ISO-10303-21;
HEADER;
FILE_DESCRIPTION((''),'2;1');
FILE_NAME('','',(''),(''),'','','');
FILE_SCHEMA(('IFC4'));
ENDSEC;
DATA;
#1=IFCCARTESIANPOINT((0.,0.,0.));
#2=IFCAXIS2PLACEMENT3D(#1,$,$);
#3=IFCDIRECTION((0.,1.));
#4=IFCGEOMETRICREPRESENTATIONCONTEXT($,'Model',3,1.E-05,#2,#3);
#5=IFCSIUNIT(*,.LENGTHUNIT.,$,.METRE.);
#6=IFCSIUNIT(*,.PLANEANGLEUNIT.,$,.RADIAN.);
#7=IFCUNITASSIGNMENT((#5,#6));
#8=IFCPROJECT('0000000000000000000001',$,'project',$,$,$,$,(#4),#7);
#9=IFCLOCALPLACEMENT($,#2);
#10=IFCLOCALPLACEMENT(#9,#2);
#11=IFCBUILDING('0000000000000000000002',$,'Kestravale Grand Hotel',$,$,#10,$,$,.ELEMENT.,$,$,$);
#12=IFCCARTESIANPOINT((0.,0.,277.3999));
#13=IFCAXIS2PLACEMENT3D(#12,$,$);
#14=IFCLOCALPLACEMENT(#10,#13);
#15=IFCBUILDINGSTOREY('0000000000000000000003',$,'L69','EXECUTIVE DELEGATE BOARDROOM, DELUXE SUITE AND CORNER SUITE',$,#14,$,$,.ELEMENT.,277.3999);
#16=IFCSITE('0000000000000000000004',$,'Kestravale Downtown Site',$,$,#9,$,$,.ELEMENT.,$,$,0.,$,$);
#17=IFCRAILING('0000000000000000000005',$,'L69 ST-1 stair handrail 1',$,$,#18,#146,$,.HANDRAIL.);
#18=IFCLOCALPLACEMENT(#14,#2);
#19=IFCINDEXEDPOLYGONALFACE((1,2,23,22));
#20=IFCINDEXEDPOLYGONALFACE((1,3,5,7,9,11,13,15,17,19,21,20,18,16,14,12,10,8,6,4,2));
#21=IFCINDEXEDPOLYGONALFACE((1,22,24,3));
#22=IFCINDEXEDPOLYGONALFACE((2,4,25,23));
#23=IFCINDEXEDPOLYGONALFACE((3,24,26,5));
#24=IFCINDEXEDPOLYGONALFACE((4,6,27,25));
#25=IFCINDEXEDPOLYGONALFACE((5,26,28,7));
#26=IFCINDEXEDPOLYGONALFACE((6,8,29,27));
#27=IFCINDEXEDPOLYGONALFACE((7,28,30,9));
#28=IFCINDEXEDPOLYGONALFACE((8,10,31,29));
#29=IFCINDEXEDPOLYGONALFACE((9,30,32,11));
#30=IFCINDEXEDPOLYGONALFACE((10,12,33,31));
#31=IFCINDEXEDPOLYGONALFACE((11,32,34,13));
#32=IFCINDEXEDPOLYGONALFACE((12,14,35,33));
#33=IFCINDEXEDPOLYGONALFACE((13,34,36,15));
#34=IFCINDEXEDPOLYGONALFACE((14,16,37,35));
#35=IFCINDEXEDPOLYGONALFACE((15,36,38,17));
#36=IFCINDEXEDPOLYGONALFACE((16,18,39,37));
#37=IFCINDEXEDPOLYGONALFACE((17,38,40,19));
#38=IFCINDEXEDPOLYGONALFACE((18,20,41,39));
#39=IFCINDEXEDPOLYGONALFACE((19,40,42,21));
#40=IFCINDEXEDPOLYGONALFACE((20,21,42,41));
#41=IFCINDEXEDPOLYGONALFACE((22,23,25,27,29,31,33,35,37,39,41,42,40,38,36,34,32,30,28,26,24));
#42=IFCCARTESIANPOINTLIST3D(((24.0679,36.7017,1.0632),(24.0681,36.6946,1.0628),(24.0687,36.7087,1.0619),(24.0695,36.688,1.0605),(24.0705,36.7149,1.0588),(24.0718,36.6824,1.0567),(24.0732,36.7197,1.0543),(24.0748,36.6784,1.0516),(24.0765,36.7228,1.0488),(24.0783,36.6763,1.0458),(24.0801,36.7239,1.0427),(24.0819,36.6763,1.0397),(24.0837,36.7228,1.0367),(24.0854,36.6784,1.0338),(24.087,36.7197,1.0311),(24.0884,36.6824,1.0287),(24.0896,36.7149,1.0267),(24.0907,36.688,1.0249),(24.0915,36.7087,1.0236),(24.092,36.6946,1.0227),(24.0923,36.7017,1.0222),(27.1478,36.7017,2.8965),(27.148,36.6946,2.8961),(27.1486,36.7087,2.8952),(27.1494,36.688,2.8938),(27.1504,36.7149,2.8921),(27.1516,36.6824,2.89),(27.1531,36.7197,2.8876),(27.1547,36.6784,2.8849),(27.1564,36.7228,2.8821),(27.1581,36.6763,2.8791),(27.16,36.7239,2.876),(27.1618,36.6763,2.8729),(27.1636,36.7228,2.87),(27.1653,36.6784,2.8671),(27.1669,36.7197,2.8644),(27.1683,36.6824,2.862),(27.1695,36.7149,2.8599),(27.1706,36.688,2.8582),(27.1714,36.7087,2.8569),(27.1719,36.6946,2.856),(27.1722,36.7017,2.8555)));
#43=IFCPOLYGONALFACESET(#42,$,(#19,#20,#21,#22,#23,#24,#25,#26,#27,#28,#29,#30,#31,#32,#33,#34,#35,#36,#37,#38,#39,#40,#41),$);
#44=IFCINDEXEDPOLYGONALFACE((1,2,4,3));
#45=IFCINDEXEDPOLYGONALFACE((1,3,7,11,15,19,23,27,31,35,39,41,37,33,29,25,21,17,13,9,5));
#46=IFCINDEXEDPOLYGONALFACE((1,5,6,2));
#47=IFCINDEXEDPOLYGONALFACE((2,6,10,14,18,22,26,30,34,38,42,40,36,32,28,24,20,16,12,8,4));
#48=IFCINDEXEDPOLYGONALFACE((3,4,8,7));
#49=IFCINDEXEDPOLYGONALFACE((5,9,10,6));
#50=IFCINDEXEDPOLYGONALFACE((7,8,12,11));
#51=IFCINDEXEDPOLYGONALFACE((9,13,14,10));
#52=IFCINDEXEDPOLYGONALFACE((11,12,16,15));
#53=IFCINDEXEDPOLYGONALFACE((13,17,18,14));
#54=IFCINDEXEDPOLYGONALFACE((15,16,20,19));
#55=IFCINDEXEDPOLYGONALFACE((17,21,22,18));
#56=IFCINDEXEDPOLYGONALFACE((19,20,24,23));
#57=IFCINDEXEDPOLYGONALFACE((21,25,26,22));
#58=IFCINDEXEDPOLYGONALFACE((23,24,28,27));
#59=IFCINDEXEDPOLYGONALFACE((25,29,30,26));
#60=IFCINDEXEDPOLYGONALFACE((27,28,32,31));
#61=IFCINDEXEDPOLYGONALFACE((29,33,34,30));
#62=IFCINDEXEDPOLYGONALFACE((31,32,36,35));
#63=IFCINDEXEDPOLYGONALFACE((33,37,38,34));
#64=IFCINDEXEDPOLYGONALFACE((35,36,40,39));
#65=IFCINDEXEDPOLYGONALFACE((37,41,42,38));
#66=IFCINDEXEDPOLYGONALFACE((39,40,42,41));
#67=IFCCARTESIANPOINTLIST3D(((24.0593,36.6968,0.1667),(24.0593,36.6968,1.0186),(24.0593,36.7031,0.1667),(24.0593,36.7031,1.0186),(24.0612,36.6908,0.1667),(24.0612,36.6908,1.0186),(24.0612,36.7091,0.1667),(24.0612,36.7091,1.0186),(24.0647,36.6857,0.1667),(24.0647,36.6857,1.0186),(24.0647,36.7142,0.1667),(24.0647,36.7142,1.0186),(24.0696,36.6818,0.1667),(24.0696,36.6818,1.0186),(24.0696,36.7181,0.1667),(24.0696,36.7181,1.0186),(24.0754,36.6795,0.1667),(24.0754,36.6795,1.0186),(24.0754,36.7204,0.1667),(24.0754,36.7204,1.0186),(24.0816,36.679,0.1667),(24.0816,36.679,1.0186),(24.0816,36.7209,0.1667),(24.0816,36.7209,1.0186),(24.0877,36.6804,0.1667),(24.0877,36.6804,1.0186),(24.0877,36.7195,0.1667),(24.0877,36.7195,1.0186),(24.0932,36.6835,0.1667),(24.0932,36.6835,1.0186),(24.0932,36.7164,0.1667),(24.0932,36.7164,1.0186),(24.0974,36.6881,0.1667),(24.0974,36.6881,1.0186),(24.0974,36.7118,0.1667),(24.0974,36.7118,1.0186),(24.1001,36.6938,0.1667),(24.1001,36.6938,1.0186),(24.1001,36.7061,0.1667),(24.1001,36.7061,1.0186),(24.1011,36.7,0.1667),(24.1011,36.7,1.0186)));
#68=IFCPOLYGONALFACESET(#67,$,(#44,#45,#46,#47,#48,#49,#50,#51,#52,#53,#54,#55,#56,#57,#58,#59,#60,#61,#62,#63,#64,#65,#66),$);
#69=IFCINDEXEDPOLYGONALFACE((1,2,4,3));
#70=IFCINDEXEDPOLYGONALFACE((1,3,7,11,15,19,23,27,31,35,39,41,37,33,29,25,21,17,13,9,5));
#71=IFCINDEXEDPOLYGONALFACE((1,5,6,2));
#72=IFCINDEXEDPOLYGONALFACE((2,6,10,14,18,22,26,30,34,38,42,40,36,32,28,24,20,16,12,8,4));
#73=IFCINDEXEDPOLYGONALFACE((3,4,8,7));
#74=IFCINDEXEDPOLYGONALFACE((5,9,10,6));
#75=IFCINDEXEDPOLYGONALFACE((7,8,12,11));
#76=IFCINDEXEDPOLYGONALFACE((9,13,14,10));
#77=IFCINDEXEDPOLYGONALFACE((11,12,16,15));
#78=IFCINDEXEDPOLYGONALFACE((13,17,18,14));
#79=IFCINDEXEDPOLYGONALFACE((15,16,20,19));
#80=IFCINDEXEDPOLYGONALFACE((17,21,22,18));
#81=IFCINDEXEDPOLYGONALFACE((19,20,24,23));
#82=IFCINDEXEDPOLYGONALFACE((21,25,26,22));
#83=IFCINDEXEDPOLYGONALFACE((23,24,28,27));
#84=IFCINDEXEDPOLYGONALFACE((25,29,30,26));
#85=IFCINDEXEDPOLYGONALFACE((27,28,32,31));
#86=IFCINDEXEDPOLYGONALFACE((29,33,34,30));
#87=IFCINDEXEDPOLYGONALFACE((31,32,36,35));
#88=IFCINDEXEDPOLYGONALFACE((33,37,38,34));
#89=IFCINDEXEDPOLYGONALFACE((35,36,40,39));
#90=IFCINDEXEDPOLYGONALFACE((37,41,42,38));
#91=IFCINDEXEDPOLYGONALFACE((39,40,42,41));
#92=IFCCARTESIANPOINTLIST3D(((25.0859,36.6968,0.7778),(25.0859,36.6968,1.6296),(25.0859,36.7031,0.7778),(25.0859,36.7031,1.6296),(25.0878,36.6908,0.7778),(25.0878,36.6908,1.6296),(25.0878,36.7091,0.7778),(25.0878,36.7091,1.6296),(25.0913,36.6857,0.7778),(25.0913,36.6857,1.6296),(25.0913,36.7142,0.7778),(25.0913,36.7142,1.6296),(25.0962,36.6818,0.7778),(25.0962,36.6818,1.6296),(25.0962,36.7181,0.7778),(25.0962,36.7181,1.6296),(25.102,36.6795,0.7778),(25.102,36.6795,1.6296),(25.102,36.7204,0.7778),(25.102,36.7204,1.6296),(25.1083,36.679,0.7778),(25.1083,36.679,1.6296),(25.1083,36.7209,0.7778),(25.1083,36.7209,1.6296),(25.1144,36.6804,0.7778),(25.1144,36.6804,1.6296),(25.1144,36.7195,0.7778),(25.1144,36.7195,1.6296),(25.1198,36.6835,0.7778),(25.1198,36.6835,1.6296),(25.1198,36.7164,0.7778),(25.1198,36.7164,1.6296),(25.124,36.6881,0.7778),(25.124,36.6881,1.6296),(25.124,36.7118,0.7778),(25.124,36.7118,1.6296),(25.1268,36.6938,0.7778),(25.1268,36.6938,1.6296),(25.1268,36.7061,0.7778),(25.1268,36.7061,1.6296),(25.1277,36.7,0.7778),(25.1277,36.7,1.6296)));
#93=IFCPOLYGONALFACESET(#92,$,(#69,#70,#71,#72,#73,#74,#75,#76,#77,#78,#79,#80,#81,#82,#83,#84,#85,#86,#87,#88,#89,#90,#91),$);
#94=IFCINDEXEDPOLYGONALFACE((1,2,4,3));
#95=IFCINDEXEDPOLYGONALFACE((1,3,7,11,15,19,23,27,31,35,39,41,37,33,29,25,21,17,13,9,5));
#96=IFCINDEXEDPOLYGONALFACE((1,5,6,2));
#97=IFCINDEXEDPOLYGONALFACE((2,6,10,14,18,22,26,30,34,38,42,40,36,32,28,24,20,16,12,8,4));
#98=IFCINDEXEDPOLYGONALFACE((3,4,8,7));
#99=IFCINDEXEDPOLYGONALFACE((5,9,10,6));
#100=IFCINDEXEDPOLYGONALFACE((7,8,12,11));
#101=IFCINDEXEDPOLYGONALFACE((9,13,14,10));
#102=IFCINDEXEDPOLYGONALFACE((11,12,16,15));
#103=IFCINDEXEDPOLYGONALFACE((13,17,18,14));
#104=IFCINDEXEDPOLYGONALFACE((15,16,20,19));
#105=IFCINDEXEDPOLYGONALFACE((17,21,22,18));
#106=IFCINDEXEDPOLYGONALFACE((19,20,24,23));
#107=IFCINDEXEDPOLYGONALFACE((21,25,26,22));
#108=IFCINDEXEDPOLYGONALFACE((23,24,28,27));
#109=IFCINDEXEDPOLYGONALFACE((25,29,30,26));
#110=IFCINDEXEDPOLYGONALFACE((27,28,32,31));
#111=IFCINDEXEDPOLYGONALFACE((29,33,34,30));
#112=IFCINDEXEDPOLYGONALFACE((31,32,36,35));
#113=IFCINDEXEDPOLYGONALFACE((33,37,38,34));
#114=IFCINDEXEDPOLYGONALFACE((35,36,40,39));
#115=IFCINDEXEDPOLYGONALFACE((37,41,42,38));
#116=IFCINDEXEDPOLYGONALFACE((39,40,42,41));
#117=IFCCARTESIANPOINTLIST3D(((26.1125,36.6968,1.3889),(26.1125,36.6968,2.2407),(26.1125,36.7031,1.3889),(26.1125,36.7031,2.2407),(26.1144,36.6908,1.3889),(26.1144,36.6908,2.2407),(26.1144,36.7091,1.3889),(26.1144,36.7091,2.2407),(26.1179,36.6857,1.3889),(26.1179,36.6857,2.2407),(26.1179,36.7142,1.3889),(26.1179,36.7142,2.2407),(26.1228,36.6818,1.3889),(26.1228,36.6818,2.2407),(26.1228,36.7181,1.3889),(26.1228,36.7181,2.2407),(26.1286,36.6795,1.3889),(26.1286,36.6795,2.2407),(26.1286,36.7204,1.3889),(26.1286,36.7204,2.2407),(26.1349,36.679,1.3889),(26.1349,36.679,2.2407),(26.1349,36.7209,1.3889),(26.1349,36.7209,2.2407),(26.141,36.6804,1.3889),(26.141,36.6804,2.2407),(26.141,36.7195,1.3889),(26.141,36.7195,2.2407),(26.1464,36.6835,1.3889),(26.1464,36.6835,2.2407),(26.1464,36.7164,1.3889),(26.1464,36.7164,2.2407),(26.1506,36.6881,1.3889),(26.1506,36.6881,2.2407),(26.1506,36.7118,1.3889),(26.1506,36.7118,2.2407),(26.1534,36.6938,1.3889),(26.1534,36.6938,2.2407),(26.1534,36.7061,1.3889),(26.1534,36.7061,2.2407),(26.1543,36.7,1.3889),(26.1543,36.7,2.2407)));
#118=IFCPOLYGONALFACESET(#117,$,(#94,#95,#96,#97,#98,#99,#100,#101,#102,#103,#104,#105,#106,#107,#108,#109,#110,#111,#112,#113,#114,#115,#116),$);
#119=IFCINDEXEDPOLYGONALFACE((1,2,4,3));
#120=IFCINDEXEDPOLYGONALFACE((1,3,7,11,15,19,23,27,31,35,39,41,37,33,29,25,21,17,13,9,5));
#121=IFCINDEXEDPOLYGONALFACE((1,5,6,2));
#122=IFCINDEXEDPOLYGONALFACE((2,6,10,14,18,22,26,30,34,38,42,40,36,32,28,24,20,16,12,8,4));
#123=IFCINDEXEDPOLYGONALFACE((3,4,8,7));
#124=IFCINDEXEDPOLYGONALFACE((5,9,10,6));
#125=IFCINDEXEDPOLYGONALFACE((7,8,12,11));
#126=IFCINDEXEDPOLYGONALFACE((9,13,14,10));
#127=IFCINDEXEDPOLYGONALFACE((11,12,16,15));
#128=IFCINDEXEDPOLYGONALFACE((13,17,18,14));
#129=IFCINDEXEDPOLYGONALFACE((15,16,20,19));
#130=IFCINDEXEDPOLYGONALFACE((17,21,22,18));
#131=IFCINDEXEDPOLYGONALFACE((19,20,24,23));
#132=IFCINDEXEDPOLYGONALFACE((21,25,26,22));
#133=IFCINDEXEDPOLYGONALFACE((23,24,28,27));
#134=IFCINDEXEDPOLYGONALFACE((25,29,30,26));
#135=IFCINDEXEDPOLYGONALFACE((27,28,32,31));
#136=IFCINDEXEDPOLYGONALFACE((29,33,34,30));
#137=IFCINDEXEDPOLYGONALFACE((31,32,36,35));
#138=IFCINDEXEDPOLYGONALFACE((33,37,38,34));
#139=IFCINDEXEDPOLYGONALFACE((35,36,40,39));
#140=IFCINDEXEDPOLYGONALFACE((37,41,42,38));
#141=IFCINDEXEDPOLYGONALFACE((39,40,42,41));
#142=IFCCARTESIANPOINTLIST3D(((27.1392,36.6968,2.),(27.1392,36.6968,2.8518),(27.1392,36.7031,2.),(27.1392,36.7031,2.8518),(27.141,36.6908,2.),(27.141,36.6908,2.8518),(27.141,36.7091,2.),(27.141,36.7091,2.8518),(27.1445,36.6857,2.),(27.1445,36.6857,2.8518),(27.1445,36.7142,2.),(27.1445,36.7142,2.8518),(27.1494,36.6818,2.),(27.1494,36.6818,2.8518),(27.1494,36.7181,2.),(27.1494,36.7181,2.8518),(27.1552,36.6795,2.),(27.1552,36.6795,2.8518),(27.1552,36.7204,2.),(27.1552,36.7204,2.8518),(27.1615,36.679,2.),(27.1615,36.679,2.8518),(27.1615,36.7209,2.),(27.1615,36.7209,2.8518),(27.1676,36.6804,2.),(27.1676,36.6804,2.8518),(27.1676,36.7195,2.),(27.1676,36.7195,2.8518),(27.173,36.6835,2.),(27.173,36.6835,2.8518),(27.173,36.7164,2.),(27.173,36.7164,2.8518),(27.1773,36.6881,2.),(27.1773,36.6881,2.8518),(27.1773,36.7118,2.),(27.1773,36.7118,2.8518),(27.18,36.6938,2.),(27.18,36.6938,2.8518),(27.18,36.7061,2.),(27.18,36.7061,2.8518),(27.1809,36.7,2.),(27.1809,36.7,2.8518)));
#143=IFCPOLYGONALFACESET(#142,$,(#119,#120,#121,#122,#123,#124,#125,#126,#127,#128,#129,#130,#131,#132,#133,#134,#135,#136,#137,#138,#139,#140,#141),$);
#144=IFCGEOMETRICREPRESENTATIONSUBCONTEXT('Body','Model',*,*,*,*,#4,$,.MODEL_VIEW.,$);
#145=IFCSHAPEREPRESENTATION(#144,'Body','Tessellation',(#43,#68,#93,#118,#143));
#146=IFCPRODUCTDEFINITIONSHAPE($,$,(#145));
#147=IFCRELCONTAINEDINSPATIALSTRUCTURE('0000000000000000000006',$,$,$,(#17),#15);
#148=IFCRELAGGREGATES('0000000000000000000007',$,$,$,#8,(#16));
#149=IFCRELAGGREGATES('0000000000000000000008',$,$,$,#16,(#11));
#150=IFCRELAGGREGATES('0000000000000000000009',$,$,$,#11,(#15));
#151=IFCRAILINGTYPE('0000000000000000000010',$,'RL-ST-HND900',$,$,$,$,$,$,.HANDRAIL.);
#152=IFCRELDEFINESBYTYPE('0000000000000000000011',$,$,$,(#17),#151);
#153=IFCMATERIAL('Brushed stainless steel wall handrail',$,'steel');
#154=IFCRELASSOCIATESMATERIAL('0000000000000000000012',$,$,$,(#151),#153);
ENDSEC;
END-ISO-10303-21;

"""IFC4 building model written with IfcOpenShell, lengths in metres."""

from ifc_helpers import new_model, si_unit, direction, frame, origin, origin_2d, place, context, subcontext, project, spatial, circle, extrude, material, type_object, element, save


model = new_model("IFC4")

# Units and contexts
model_context = context("Model", 3, precision=1e-05, world=origin(), true_north=direction((0.0, 1.0)))
body_context = subcontext(model_context, "Body", "Model", "MODEL_VIEW")
ifc_project = project(units=[si_unit("LENGTHUNIT", "METRE"), si_unit("PLANEANGLEUNIT", "RADIAN")], contexts=[model_context])

# Site, building, storey
site_placement = place(None, origin())
site = spatial("IfcSite", under=ifc_project, at=site_placement, Name="Kestravale Downtown Site", CompositionType="ELEMENT", RefElevation=0.0)
building_placement = place(site_placement, origin())
building = spatial("IfcBuilding", under=site, at=building_placement, Name="Kestravale Grand Hotel", CompositionType="ELEMENT")
storey_placement = place(building_placement, frame((0.0, 0.0, 277.3999)))
storey = spatial("IfcBuildingStorey", under=building, at=storey_placement, Name="L69", Description="EXECUTIVE DELEGATE BOARDROOM, DELUXE SUITE AND CORNER SUITE", CompositionType="ELEMENT", Elevation=277.3999)

# Railing
ifc_material_1 = material(Name="Brushed stainless steel wall handrail", Category="steel")
railing_type_1 = type_object("IfcRailingType", Name="RL-ST-HND900", PredefinedType="HANDRAIL", material=ifc_material_1)
railing_1_placement = place(storey_placement, frame((24.0801, 36.7, 0.1667)))
element("IfcRailing", 1, at=railing_1_placement, inside=storey, type_object=railing_type_1, Name="L69 ST-1 stair handrail 1", PredefinedType="HANDRAIL", context=body_context, shape_type="SweptSolid", body=[
    extrude(circle(Radius=0.0239, at=origin_2d()), frame((0.0, 0.0, 0.876), z_axis=(0.859291, 0.0, 0.511487), x_axis=(0.0, 1.0, 0.0)), (0.0, 0.0, 1.0), 3.5842),
    extrude(circle(Radius=0.021, at=origin_2d()), origin(), (0.0, 0.0, 1.0), 0.8518),
    extrude(circle(Radius=0.021, at=origin_2d()), frame((1.0266, 0.0, 0.6111)), (0.0, 0.0, 1.0), 0.8518),
    extrude(circle(Radius=0.021, at=origin_2d()), frame((2.0532, 0.0, 1.2222)), (0.0, 0.0, 1.0), 0.8518),
    extrude(circle(Radius=0.021, at=origin_2d()), frame((3.0798, 0.0, 1.8333)), (0.0, 0.0, 1.0), 0.8518),
])

save(model, "model.ifc")
